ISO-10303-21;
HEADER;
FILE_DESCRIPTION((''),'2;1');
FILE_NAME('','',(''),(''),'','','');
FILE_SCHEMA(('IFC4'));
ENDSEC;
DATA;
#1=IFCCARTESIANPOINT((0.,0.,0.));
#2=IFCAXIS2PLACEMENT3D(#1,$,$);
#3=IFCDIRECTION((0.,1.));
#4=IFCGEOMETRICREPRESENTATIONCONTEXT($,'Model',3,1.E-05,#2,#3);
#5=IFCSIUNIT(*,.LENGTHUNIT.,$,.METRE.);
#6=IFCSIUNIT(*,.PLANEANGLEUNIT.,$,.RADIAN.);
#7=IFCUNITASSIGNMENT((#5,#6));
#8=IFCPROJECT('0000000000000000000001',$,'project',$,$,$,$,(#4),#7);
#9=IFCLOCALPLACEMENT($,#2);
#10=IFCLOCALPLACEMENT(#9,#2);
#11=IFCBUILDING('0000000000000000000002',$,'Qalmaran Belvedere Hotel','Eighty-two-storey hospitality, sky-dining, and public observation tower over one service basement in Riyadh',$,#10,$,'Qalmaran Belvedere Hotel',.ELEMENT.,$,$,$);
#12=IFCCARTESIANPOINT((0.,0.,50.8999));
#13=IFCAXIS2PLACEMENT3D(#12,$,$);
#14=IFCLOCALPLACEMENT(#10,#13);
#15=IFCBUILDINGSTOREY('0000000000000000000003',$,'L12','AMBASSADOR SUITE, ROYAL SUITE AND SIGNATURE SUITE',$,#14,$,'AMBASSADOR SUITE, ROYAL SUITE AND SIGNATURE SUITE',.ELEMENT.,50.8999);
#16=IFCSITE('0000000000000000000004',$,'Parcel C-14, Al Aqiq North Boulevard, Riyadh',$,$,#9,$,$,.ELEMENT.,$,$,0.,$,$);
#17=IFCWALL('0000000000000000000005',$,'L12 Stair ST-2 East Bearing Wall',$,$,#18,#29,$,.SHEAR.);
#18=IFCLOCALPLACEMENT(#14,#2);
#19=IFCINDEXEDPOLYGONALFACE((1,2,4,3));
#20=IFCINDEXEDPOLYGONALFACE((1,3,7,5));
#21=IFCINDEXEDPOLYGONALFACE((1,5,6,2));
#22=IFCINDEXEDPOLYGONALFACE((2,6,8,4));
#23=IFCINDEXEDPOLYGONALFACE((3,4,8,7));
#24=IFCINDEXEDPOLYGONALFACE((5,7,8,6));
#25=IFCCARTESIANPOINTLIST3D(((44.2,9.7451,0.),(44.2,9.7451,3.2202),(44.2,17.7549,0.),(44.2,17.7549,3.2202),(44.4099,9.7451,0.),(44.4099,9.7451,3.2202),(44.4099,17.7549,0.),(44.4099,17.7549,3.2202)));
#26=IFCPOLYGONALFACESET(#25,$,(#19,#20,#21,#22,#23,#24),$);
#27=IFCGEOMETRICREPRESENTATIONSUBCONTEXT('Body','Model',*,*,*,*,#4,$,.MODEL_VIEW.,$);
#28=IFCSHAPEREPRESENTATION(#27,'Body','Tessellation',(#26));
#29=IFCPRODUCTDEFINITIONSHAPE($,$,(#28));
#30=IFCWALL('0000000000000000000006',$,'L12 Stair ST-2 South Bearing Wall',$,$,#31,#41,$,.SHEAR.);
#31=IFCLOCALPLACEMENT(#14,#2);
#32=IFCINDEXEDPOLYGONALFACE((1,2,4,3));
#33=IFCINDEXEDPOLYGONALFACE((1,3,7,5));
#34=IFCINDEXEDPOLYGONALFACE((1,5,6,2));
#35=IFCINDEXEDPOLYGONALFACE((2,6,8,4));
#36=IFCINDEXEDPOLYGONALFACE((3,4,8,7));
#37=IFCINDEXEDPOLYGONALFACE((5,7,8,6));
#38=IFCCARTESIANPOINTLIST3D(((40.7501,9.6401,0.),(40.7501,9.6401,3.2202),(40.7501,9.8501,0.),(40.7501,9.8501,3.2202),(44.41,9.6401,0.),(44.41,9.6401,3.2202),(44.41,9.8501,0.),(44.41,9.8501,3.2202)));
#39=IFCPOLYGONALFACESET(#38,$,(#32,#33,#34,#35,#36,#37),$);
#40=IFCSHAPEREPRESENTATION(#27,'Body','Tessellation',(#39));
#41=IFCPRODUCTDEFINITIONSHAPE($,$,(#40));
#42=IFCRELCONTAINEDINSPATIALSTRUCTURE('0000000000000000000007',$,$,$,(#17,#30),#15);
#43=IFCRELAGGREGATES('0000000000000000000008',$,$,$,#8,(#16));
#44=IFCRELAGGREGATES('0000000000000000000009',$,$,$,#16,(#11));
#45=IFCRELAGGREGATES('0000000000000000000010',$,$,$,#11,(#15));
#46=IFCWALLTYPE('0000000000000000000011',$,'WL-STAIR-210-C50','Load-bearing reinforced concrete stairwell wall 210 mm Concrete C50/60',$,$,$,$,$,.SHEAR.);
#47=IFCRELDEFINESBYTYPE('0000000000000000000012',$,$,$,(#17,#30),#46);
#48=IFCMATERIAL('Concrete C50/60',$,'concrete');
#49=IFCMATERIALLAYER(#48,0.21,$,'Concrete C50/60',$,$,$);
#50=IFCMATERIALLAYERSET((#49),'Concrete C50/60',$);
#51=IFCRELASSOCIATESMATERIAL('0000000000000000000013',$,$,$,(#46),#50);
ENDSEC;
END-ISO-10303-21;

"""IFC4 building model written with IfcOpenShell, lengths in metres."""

from ifc_helpers import new_model, si_unit, direction, frame, frame_2d, origin, place, context, subcontext, project, spatial, rectangle, extrude, material, layer, layer_set, type_object, element, save


model = new_model("IFC4")

# Units and contexts
model_context = context("Model", 3, precision=1e-05, world=origin(), true_north=direction((0.0, 1.0)))
body_context = subcontext(model_context, "Body", "Model", "MODEL_VIEW")
ifc_project = project(units=[si_unit("LENGTHUNIT", "METRE"), si_unit("PLANEANGLEUNIT", "RADIAN")], contexts=[model_context])

# Site, building, storey
site_placement = place(None, origin())
site = spatial("IfcSite", under=ifc_project, at=site_placement, Name="Parcel C-14, Al Aqiq North Boulevard, Riyadh", CompositionType="ELEMENT", RefElevation=0.0)
building_placement = place(site_placement, origin())
building = spatial("IfcBuilding", under=site, at=building_placement, Name="Qalmaran Belvedere Hotel", Description="Eighty-two-storey hospitality, sky-dining, and public observation tower over one service basement in Riyadh", LongName="Qalmaran Belvedere Hotel", CompositionType="ELEMENT")
storey_placement = place(building_placement, frame((0.0, 0.0, 50.8999)))
storey = spatial("IfcBuildingStorey", under=building, at=storey_placement, Name="L12", Description="AMBASSADOR SUITE, ROYAL SUITE AND SIGNATURE SUITE", LongName="AMBASSADOR SUITE, ROYAL SUITE AND SIGNATURE SUITE", CompositionType="ELEMENT", Elevation=50.8999)

# Walls
ifc_material_1 = material(Name="Concrete C50/60", Category="concrete")
ifc_layer_1 = layer(ifc_material_1, 0.21, Name="Concrete C50/60")
ifc_layer_set_1 = layer_set([ifc_layer_1], Name="Concrete C50/60")
wall_type_1 = type_object("IfcWallType", Name="WL-STAIR-210-C50", Description="Load-bearing reinforced concrete stairwell wall 210 mm Concrete C50/60", PredefinedType="SHEAR", material=ifc_layer_set_1)
for number, where, z_axis, x_axis, name in (
    (1, (44.3049, 9.7451, 0.0), (0.0, 0.0, 1.0), (0.0, 1.0, 0.0), "L12 Stair ST-2 East Bearing Wall"),
):
    element("IfcWall", number, at=place(storey_placement, frame(where, z_axis=z_axis, x_axis=x_axis)), inside=storey, type_object=wall_type_1, Name=name, PredefinedType="SHEAR", context=body_context, shape_type="SweptSolid", body=[
        extrude(rectangle(XDim=8.0098, YDim=0.21, at=frame_2d((4.0049, 0.0))), origin(), (0.0, 0.0, 1.0), 3.2202),
    ])
wall_1_placement = place(storey_placement, frame((40.75, 9.7451, 0.0), z_axis=(0.0, 0.0, 1.0), x_axis=(1.0, 0.0, 0.0)))
element("IfcWall", 2, at=wall_1_placement, inside=storey, type_object=wall_type_1, Name="L12 Stair ST-2 South Bearing Wall", PredefinedType="SHEAR", context=body_context, shape_type="SweptSolid", body=[
    extrude(rectangle(XDim=3.6599, YDim=0.21, at=frame_2d((1.8301, 0.0))), origin(), (0.0, 0.0, 1.0), 3.2202),
])

save(model, "model.ifc")
